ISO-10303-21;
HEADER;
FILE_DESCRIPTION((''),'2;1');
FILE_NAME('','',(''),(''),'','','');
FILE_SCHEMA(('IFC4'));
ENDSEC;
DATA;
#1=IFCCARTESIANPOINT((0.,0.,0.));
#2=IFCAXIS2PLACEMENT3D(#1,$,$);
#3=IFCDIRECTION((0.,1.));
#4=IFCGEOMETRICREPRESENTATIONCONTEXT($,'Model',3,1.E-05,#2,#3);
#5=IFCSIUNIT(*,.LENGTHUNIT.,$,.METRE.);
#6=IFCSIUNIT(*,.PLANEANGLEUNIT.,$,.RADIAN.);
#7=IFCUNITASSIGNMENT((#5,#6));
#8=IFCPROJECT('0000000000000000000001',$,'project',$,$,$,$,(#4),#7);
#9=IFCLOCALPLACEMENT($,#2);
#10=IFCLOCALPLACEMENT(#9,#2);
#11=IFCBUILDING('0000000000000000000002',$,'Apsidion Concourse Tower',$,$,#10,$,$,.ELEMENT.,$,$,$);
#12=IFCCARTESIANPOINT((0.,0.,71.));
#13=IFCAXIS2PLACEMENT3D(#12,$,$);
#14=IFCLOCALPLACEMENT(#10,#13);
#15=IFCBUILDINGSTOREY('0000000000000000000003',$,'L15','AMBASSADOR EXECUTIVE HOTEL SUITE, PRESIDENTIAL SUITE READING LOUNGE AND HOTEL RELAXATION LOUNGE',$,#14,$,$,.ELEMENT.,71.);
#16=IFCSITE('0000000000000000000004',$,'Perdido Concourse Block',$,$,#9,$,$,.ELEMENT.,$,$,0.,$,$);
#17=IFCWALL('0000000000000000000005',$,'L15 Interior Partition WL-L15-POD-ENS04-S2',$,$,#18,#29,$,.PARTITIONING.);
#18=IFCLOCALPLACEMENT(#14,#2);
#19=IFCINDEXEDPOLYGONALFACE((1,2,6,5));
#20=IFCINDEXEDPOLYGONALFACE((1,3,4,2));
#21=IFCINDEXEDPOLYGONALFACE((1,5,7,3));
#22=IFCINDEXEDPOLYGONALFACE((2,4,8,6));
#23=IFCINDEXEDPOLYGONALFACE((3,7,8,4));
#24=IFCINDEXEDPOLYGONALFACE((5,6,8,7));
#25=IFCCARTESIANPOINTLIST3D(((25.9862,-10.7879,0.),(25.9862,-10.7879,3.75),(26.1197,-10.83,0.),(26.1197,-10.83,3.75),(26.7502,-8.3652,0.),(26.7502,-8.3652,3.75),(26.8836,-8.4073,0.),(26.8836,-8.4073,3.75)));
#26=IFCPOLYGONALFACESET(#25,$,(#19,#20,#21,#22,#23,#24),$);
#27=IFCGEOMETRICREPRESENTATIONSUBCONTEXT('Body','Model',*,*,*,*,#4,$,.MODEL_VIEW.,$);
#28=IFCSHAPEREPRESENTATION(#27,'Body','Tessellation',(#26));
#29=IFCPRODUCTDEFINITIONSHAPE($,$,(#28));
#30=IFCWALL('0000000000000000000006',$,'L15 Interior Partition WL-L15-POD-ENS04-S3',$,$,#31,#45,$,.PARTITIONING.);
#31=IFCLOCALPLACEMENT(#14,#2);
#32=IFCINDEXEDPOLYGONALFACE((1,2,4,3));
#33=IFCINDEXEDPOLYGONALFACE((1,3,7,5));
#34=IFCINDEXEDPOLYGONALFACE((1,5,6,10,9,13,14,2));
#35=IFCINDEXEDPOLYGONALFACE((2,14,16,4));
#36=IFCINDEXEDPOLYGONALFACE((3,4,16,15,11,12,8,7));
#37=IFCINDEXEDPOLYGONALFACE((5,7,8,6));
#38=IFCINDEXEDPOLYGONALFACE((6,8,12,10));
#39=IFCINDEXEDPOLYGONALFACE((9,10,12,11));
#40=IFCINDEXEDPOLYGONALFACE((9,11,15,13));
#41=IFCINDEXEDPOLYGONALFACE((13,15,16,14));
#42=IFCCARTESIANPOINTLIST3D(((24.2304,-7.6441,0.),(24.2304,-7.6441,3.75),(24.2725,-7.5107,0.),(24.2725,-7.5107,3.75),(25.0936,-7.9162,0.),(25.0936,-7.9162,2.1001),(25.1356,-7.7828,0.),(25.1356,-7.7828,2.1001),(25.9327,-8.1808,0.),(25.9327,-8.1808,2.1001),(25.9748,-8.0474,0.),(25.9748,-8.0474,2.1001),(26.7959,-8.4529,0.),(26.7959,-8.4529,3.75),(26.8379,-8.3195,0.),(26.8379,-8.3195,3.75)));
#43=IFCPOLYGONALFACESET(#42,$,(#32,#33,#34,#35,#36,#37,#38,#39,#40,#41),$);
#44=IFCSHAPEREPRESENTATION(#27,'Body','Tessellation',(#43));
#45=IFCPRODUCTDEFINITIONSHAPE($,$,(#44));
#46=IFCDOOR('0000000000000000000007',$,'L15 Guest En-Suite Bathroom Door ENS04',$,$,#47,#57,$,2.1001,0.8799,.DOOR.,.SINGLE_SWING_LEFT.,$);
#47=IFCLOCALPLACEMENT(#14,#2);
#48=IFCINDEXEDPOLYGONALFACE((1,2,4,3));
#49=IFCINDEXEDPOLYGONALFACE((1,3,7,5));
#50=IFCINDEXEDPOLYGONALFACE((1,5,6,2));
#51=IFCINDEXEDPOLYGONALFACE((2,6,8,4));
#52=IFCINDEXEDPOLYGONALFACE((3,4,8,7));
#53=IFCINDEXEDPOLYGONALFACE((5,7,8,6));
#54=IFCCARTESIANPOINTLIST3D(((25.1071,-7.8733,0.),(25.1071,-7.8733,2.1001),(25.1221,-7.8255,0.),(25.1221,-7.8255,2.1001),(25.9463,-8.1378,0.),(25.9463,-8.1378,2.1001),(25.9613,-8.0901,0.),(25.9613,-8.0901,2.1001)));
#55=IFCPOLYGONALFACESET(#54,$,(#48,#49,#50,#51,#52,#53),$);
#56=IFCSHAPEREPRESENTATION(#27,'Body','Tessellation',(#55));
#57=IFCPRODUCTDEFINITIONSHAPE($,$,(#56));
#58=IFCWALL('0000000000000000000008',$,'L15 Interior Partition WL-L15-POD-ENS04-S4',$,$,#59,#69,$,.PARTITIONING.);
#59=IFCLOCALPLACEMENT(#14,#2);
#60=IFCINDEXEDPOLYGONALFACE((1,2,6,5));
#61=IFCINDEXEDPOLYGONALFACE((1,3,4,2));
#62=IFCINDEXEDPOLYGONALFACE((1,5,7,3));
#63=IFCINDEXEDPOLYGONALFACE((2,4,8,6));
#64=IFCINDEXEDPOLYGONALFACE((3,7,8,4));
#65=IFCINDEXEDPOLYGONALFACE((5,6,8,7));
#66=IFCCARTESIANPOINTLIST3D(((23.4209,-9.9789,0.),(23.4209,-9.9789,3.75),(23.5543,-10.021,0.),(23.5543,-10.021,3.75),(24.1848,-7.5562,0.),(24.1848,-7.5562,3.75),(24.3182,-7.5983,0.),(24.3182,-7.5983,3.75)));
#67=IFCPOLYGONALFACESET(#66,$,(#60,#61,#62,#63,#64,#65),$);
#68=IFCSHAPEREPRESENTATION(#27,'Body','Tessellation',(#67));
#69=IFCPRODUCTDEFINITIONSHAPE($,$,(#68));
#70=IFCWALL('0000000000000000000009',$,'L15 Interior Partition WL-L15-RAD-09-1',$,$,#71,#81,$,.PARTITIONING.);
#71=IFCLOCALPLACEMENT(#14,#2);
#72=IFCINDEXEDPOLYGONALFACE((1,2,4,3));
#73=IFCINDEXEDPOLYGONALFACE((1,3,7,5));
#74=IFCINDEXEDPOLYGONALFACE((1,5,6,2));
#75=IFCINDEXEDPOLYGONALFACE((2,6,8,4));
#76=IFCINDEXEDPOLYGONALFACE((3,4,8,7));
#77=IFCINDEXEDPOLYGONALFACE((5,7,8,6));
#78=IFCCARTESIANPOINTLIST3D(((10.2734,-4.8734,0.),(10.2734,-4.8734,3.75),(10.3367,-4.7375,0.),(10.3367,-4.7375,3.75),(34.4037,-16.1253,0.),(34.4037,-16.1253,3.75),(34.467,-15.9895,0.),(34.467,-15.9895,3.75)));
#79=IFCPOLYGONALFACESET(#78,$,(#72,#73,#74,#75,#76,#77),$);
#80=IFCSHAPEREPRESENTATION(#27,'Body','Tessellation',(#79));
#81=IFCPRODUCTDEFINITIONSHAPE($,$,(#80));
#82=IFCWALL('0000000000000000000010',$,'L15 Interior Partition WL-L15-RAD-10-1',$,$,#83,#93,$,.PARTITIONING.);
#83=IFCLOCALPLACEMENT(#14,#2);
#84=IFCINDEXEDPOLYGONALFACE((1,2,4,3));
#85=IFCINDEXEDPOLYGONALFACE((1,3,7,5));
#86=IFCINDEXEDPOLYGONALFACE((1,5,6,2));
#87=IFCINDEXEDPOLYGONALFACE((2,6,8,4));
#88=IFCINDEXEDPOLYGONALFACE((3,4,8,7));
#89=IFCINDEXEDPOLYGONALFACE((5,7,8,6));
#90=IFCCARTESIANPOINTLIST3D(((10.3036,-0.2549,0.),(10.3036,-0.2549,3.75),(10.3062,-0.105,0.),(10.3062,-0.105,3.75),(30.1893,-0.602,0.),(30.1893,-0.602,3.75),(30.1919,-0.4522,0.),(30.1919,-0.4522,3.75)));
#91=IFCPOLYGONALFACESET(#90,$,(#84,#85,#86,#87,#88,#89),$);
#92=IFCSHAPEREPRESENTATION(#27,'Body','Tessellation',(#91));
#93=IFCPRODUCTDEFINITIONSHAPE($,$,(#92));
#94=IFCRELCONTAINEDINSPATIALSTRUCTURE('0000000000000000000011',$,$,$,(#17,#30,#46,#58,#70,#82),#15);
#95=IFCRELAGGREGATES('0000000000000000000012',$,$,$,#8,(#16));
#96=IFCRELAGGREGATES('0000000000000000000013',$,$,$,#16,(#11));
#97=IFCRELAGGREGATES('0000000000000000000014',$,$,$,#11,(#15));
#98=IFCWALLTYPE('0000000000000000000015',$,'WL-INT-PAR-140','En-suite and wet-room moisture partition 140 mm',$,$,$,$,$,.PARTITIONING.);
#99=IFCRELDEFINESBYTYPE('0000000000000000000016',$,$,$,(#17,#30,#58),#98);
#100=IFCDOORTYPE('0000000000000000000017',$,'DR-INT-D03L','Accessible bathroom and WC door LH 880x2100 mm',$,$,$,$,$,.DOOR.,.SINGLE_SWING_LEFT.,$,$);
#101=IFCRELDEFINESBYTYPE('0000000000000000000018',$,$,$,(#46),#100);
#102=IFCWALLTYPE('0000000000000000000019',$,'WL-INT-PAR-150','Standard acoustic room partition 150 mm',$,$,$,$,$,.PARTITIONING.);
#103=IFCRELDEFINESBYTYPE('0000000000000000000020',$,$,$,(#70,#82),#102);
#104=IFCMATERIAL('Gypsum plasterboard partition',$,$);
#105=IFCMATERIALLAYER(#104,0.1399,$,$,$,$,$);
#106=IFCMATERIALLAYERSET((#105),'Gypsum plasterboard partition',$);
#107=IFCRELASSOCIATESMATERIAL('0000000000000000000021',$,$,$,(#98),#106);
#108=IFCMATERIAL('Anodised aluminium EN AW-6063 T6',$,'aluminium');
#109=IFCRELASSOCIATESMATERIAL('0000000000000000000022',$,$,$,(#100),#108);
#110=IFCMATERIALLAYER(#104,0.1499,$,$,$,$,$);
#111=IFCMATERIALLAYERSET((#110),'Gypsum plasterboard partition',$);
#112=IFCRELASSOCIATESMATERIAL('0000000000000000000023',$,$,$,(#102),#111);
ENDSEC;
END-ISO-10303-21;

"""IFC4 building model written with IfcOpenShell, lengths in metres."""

from ifc_helpers import new_model, si_unit, direction, frame, frame_2d, origin, place, context, subcontext, project, spatial, rectangle, extrude, material, layer, layer_set, type_object, element, fill, save


model = new_model("IFC4")

# Units and contexts
model_context = context("Model", 3, precision=1e-05, world=origin(), true_north=direction((0.0, 1.0)))
body_context = subcontext(model_context, "Body", "Model", "MODEL_VIEW")
ifc_project = project(units=[si_unit("LENGTHUNIT", "METRE"), si_unit("PLANEANGLEUNIT", "RADIAN")], contexts=[model_context])

# Site, building, storey
site_placement = place(None, origin())
site = spatial("IfcSite", under=ifc_project, at=site_placement, Name="Perdido Concourse Block", CompositionType="ELEMENT", RefElevation=0.0)
building_placement = place(site_placement, origin())
building = spatial("IfcBuilding", under=site, at=building_placement, Name="Apsidion Concourse Tower", CompositionType="ELEMENT")
storey_placement = place(building_placement, frame((0.0, 0.0, 71.0)))
storey = spatial("IfcBuildingStorey", under=building, at=storey_placement, Name="L15", Description="AMBASSADOR EXECUTIVE HOTEL SUITE, PRESIDENTIAL SUITE READING LOUNGE AND HOTEL RELAXATION LOUNGE", CompositionType="ELEMENT", Elevation=71.0)

# Shared definitions
ifc_material_1 = material(Name="Anodised aluminium EN AW-6063 T6", Category="aluminium")

# Wall
ifc_material_2 = material(Name="Gypsum plasterboard partition")
ifc_layer_1 = layer(ifc_material_2, 0.1399)
ifc_layer_set_1 = layer_set([ifc_layer_1], Name="Gypsum plasterboard partition")
wall_type_1 = type_object("IfcWallType", Name="WL-INT-PAR-140", Description="En-suite and wet-room moisture partition 140 mm", PredefinedType="PARTITIONING", material=ifc_layer_set_1)
wall_1_placement = place(storey_placement, frame((26.053, -10.8088, 0.0), z_axis=(0.0, 0.0, 1.0), x_axis=(0.300731, 0.953709, 0.0)))
element("IfcWall", 1, at=wall_1_placement, inside=storey, type_object=wall_type_1, Name="L15 Interior Partition WL-L15-POD-ENS04-S2", PredefinedType="PARTITIONING", context=body_context, shape_type="SweptSolid", body=[
    extrude(rectangle(XDim=2.5403, YDim=0.1399, at=frame_2d((1.27, 0.0))), origin(), (0.0, 0.0, 1.0), 3.75),
])

# Wall, opening, door
wall_2_placement = place(storey_placement, frame((26.8169, -8.3862, 0.0), z_axis=(0.0, 0.0, 1.0), x_axis=(-0.953721, 0.300693, 0.0)))
wall_2 = element("IfcWall", 2, at=wall_2_placement, inside=storey, type_object=wall_type_1, Name="L15 Interior Partition WL-L15-POD-ENS04-S3", PredefinedType="PARTITIONING", context=body_context, shape_type="SweptSolid", body=[
    extrude(rectangle(XDim=2.6899, YDim=0.1399, at=frame_2d((1.345, 0.0))), origin(), (0.0, 0.0, 1.0), 3.75),
])
opening_1_placement = place(wall_2_placement, frame((0.905, 0.0, 0.0)))
opening_1 = element("IfcOpeningElement", 3, at=opening_1_placement, cuts=wall_2, PredefinedType="OPENING", context=body_context, shape_type="SweptSolid", body=[
    extrude(rectangle(XDim=0.8799, YDim=2.1001, at=frame_2d((0.4399, 1.05))), frame((0.0, 0.0801, 0.0), z_axis=(0.0, -1.0, 0.0), x_axis=(1.0, 0.0, 0.0)), (0.0, 0.0, 1.0), 0.1599),
])
door_type_1 = type_object("IfcDoorType", Name="DR-INT-D03L", Description="Accessible bathroom and WC door LH 880x2100 mm", OperationType="SINGLE_SWING_LEFT", PredefinedType="DOOR", material=ifc_material_1)
door_1_placement = place(opening_1_placement, origin())
door_1 = element("IfcDoor", 4, at=door_1_placement, inside=storey, type_object=door_type_1, Name="L15 Guest En-Suite Bathroom Door ENS04", OperationType="SINGLE_SWING_LEFT", OverallHeight=2.1001, OverallWidth=0.8799, PredefinedType="DOOR", context=body_context, shape_type="SweptSolid", body=[
    extrude(rectangle(XDim=0.8799, YDim=2.1001, at=frame_2d((0.4399, 1.05))), frame((0.0, 0.0249, 0.0), z_axis=(0.0, -1.0, 0.0), x_axis=(1.0, 0.0, 0.0)), (0.0, 0.0, 1.0), 0.05),
])
fill(opening_1, door_1)

# Walls
wall_3_placement = place(storey_placement, frame((24.2515, -7.5774, 0.0), z_axis=(0.0, 0.0, 1.0), x_axis=(-0.300731, -0.953709, 0.0)))
element("IfcWall", 5, at=wall_3_placement, inside=storey, type_object=wall_type_1, Name="L15 Interior Partition WL-L15-POD-ENS04-S4", PredefinedType="PARTITIONING", context=body_context, shape_type="SweptSolid", body=[
    extrude(rectangle(XDim=2.5403, YDim=0.1399, at=frame_2d((1.27, 0.0))), origin(), (0.0, 0.0, 1.0), 3.75),
])
ifc_layer_2 = layer(ifc_material_2, 0.1499)
ifc_layer_set_2 = layer_set([ifc_layer_2], Name="Gypsum plasterboard partition")
wall_type_2 = type_object("IfcWallType", Name="WL-INT-PAR-150", Description="Standard acoustic room partition 150 mm", PredefinedType="PARTITIONING", material=ifc_layer_set_2)
wall_4_placement = place(storey_placement, frame((10.3049, -4.8054, 0.0), z_axis=(0.0, 0.0, 1.0), x_axis=(0.906311, -0.422611, 0.0)))
element("IfcWall", 6, at=wall_4_placement, inside=storey, type_object=wall_type_2, Name="L15 Interior Partition WL-L15-RAD-09-1", PredefinedType="PARTITIONING", context=body_context, shape_type="SweptSolid", body=[
    extrude(rectangle(XDim=26.6248, YDim=0.1499, at=frame_2d((13.3125, 0.0))), origin(), (0.0, 0.0, 1.0), 3.75),
])
wall_5_placement = place(storey_placement, frame((10.3049, -0.1799, 0.0), z_axis=(0.0, 0.0, 1.0), x_axis=(0.999848, -0.017455, 0.0)))
element("IfcWall", 7, at=wall_5_placement, inside=storey, type_object=wall_type_2, Name="L15 Interior Partition WL-L15-RAD-10-1", PredefinedType="PARTITIONING", context=body_context, shape_type="SweptSolid", body=[
    extrude(rectangle(XDim=19.8887, YDim=0.1499, at=frame_2d((9.9443, 0.0))), origin(), (0.0, 0.0, 1.0), 3.75),
])

save(model, "model.ifc")
